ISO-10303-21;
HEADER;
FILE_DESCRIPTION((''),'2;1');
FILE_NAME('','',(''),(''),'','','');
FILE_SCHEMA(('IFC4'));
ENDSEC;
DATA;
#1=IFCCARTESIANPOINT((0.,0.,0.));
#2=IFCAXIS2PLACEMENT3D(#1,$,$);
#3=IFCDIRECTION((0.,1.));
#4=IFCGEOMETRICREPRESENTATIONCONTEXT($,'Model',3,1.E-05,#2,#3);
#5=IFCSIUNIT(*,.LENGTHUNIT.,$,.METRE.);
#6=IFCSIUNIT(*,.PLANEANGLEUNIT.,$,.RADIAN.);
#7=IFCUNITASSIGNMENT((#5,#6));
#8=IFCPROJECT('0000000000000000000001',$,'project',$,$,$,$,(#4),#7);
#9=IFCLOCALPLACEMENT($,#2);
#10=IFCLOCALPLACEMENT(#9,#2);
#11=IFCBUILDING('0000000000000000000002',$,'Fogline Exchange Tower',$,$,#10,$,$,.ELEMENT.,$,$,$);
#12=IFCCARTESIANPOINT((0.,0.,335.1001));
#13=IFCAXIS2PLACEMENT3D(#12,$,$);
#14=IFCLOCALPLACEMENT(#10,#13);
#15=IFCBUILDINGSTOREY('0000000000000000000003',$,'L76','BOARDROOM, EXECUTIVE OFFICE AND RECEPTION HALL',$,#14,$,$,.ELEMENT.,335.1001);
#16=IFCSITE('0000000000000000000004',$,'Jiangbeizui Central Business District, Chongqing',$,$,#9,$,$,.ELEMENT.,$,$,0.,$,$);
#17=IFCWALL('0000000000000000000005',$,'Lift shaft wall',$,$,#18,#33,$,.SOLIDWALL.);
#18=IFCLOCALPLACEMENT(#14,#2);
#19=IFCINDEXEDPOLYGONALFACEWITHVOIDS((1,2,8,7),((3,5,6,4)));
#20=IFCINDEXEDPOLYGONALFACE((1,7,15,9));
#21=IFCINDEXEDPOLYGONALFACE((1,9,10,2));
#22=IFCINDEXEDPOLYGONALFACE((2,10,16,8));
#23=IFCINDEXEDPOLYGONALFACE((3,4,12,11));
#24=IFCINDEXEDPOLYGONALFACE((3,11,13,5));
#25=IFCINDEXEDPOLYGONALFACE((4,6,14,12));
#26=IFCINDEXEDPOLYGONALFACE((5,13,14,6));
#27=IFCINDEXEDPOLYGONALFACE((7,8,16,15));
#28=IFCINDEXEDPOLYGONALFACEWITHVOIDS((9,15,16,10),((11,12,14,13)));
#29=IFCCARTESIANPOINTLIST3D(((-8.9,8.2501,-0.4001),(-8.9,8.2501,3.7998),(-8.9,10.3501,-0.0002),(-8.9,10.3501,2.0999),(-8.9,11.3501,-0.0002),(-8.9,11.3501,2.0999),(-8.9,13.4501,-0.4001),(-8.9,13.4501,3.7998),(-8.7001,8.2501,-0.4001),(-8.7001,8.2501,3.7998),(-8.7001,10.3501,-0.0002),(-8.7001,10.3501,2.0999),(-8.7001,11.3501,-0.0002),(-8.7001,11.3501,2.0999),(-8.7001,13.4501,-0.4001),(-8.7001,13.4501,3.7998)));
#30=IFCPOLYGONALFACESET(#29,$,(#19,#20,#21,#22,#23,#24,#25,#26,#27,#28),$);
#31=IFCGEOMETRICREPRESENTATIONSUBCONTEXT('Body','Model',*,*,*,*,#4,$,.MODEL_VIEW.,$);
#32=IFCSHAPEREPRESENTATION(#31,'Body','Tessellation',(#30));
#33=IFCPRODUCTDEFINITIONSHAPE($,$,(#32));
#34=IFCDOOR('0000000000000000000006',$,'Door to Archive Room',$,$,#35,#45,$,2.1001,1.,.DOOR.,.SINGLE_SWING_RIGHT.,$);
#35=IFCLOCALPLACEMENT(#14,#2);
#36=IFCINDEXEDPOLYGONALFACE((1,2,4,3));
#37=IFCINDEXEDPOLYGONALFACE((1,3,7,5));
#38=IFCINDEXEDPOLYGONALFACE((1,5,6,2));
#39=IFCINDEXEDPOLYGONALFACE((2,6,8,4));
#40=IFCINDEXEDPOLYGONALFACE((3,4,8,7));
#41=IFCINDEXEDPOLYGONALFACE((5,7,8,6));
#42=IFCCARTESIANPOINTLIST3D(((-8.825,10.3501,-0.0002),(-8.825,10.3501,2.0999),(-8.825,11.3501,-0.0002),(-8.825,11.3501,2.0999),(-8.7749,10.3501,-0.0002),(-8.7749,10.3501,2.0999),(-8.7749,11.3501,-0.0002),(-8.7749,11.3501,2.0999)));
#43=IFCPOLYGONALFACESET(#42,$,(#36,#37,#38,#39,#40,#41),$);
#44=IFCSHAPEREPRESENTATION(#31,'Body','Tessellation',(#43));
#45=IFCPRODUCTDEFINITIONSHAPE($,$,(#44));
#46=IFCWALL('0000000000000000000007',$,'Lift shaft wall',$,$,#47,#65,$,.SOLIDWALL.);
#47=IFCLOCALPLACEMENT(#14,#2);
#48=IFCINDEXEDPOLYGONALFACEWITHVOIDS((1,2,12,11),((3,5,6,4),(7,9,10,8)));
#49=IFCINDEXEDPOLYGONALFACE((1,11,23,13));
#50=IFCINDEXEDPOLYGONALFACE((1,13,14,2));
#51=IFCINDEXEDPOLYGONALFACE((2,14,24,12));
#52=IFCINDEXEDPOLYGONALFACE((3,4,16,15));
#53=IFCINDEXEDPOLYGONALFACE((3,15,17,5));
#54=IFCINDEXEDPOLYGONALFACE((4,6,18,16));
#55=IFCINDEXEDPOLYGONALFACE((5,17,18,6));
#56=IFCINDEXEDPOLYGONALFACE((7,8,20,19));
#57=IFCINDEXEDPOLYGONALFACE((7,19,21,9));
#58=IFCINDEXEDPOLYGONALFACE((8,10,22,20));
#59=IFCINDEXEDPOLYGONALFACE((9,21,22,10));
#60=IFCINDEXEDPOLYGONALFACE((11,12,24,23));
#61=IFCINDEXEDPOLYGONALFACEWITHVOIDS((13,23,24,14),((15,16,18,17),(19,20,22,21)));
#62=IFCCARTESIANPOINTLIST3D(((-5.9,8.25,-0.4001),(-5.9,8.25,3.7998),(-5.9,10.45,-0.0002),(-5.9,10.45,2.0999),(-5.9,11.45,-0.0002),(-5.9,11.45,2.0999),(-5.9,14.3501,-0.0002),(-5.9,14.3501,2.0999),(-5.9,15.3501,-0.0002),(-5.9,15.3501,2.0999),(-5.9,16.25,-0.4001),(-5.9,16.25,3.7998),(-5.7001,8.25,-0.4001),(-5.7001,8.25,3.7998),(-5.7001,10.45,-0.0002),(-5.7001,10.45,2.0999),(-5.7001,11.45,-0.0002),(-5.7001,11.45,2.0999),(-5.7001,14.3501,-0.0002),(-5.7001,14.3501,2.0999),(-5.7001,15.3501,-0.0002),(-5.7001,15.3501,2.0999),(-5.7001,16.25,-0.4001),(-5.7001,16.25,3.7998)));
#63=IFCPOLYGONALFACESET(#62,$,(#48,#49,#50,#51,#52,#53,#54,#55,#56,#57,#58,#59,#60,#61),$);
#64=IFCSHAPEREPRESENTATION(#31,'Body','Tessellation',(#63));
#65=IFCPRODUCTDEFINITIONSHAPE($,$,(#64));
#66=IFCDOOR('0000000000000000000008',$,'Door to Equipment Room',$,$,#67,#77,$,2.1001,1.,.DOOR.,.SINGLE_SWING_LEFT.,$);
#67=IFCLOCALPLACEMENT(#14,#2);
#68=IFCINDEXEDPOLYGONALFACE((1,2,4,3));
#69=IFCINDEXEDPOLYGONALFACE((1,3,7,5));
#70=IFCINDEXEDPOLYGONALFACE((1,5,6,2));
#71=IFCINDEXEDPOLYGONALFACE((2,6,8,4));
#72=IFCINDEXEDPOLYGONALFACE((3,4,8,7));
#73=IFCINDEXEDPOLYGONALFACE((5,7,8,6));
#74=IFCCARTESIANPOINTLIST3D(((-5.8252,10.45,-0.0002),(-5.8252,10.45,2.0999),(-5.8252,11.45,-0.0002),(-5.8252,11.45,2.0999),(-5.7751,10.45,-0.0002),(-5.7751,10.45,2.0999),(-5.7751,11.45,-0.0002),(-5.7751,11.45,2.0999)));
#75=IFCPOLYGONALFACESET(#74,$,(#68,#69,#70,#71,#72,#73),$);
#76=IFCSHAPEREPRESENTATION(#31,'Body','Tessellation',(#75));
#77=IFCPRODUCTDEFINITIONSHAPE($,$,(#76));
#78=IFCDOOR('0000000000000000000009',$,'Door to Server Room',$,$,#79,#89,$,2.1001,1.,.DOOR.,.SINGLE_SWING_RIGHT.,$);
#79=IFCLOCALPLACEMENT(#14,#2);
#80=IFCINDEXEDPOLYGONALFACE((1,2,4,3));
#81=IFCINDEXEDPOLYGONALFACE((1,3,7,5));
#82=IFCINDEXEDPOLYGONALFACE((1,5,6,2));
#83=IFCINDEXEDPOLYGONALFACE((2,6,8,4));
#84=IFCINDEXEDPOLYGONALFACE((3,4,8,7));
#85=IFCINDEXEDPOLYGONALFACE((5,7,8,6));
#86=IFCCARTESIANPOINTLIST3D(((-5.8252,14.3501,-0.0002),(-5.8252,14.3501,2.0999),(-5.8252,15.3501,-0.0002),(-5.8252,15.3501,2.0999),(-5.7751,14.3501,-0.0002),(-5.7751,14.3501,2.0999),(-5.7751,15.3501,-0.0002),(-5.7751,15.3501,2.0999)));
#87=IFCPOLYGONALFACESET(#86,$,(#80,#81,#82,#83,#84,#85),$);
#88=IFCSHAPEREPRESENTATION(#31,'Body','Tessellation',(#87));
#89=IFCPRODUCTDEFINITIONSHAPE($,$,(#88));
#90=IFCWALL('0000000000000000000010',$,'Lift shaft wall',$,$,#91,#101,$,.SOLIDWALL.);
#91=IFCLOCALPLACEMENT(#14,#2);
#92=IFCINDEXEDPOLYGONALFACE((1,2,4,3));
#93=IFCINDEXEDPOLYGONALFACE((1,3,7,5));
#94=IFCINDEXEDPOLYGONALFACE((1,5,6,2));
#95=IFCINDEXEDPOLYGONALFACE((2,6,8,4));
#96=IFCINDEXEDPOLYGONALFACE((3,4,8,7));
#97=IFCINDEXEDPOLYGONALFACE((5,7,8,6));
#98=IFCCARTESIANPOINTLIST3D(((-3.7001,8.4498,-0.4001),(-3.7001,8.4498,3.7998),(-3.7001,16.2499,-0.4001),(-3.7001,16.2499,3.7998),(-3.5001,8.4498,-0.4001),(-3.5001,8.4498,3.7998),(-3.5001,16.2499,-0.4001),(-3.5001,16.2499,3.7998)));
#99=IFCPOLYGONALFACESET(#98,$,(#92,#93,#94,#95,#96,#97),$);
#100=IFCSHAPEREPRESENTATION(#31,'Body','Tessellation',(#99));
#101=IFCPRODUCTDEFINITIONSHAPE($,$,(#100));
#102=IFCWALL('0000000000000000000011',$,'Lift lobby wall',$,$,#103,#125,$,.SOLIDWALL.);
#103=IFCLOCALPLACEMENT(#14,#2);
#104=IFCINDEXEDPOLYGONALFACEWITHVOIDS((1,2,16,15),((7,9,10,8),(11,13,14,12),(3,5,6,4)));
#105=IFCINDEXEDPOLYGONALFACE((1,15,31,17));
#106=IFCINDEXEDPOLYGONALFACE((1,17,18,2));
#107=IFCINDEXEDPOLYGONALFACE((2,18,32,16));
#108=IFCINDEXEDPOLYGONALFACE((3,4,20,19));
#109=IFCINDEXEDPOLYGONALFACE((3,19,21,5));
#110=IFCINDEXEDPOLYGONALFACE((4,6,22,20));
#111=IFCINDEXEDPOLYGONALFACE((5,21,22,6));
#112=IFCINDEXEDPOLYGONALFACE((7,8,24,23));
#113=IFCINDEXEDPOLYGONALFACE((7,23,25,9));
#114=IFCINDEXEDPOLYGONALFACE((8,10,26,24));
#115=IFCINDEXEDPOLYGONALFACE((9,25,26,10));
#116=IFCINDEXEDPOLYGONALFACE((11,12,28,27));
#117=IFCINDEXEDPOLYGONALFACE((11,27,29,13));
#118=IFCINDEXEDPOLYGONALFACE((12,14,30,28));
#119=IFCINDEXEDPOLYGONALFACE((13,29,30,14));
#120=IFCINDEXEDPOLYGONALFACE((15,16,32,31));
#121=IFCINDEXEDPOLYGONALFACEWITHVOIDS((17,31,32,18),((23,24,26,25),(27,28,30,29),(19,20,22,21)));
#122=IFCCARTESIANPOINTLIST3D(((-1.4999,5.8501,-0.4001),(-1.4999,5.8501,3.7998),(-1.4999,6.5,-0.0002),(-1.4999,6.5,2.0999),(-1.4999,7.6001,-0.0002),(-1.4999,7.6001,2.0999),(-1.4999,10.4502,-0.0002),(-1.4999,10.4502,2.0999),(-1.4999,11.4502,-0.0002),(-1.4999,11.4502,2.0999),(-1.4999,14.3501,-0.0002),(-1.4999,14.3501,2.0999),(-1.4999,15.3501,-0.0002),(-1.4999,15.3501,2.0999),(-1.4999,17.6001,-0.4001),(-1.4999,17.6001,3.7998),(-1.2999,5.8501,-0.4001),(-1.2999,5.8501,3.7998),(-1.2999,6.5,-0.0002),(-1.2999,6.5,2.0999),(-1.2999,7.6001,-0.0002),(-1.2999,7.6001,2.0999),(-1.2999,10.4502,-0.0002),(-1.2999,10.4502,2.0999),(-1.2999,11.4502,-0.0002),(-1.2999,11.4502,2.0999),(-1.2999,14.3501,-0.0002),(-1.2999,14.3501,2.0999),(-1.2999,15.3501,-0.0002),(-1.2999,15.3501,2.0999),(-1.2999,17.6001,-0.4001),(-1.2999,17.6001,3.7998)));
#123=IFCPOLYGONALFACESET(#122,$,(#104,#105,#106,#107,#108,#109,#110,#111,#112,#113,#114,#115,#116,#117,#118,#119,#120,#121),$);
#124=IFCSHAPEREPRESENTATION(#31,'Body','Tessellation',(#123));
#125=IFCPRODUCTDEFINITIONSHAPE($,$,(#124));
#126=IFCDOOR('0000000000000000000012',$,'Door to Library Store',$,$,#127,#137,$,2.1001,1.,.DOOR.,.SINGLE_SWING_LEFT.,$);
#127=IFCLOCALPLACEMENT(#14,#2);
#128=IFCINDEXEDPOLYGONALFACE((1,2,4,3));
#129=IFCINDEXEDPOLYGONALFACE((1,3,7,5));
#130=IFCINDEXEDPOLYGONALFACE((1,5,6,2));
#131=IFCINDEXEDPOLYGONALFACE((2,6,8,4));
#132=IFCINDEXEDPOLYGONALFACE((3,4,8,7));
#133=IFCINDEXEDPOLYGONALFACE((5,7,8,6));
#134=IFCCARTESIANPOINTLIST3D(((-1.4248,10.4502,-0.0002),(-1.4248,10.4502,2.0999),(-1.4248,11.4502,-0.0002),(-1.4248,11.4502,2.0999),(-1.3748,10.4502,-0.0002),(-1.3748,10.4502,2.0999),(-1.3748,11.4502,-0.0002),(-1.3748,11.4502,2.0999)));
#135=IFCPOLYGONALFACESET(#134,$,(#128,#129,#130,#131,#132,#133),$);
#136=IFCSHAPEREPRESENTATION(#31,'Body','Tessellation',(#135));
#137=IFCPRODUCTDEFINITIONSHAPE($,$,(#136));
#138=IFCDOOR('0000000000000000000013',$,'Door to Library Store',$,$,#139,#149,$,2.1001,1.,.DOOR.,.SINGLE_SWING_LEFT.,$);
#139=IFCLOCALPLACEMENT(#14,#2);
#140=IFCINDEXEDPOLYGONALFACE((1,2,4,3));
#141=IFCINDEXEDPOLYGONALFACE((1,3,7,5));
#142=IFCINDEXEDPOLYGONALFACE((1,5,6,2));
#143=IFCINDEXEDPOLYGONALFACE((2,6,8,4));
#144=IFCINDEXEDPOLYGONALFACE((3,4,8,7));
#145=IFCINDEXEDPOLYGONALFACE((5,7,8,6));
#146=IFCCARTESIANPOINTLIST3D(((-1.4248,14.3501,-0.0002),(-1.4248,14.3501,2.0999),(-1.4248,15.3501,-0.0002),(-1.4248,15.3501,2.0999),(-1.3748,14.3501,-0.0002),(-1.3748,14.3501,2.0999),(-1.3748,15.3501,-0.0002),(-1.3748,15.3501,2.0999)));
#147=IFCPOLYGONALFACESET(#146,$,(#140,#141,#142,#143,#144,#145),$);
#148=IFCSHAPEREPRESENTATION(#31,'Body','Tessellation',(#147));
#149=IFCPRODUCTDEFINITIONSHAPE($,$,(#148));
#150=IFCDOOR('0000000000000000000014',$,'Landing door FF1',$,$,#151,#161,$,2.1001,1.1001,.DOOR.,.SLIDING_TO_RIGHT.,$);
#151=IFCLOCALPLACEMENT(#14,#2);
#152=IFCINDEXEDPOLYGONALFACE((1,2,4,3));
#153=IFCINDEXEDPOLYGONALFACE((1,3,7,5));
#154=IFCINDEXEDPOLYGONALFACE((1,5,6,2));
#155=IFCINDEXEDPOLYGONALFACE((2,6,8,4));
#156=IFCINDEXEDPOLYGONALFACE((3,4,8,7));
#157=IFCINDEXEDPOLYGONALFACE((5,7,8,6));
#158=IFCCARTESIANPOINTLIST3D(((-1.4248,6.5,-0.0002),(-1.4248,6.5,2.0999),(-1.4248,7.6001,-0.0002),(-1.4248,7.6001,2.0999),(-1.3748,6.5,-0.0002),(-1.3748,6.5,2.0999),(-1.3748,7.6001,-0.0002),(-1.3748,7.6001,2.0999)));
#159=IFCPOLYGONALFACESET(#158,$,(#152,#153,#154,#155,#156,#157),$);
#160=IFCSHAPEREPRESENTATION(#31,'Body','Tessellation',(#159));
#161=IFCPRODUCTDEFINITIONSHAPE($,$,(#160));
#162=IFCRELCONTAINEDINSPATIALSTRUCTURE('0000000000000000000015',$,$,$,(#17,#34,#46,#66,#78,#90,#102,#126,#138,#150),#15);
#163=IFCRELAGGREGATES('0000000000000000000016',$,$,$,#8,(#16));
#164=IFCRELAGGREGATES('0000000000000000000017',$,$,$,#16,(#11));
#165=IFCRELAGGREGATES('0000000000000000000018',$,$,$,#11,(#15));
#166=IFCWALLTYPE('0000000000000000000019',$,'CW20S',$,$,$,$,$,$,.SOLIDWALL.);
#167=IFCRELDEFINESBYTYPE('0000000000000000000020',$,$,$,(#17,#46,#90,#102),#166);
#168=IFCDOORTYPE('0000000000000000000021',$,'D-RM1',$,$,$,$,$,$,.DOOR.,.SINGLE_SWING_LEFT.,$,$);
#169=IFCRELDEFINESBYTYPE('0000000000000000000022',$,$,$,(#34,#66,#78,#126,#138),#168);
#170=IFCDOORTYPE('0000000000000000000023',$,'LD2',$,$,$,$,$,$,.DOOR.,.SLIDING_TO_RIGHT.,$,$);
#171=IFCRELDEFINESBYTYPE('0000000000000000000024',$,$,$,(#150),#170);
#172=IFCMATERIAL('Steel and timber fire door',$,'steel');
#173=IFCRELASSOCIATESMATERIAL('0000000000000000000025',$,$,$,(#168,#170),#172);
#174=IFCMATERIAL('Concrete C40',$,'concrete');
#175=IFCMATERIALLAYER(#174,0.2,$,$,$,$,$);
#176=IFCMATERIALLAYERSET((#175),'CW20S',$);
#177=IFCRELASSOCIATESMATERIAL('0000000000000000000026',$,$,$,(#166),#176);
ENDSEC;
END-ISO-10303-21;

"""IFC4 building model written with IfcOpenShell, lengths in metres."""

from ifc_helpers import new_model, si_unit, direction, frame, frame_2d, origin, place, context, subcontext, project, spatial, rectangle, extrude, material, layer, layer_set, type_object, element, fill, save


model = new_model("IFC4")

# Units and contexts
model_context = context("Model", 3, precision=1e-05, world=origin(), true_north=direction((0.0, 1.0)))
body_context = subcontext(model_context, "Body", "Model", "MODEL_VIEW")
ifc_project = project(units=[si_unit("LENGTHUNIT", "METRE"), si_unit("PLANEANGLEUNIT", "RADIAN")], contexts=[model_context])

# Site, building, storey
site_placement = place(None, origin())
site = spatial("IfcSite", under=ifc_project, at=site_placement, Name="Jiangbeizui Central Business District, Chongqing", CompositionType="ELEMENT", RefElevation=0.0)
building_placement = place(site_placement, origin())
building = spatial("IfcBuilding", under=site, at=building_placement, Name="Fogline Exchange Tower", CompositionType="ELEMENT")
storey_placement = place(building_placement, frame((0.0, 0.0, 335.1001)))
storey = spatial("IfcBuildingStorey", under=building, at=storey_placement, Name="L76", Description="BOARDROOM, EXECUTIVE OFFICE AND RECEPTION HALL", CompositionType="ELEMENT", Elevation=335.1001)

# Shared definitions
ifc_material_1 = material(Name="Steel and timber fire door", Category="steel")

# Shared definitions
ifc_material_2 = material(Name="Concrete C40", Category="concrete")

# Wall, opening, door
door_type_1 = type_object("IfcDoorType", Name="D-RM1", OperationType="SINGLE_SWING_LEFT", PredefinedType="DOOR", material=ifc_material_1)
ifc_layer_1 = layer(ifc_material_2, 0.2)
ifc_layer_set_1 = layer_set([ifc_layer_1], Name="CW20S")
wall_type_1 = type_object("IfcWallType", Name="CW20S", PredefinedType="SOLIDWALL", material=ifc_layer_set_1)
wall_1_placement = place(storey_placement, frame((-8.8, 8.25, -0.4001), z_axis=(0.0, 0.0, 1.0), x_axis=(0.0, 1.0, 0.0)))
wall_1 = element("IfcWall", 1, at=wall_1_placement, inside=storey, type_object=wall_type_1, Name="Lift shaft wall", PredefinedType="SOLIDWALL", context=body_context, shape_type="SweptSolid", body=[
    extrude(rectangle(XDim=5.2, YDim=0.2, at=frame_2d((2.6001, 0.0))), origin(), (0.0, 0.0, 1.0), 4.2),
])
opening_1_placement = place(wall_1_placement, frame((2.1001, 0.0, 0.3999)))
opening_1 = element("IfcOpeningElement", 2, at=opening_1_placement, cuts=wall_1, PredefinedType="OPENING", context=body_context, shape_type="SweptSolid", body=[
    extrude(rectangle(XDim=1.0, YDim=2.1001, at=frame_2d((0.5, 1.05))), frame((0.0, 0.1099, 0.0), z_axis=(0.0, -1.0, 0.0), x_axis=(1.0, 0.0, 0.0)), (0.0, 0.0, 1.0), 0.22),
])
door_1_placement = place(opening_1_placement, origin())
door_1 = element("IfcDoor", 3, at=door_1_placement, inside=storey, type_object=door_type_1, Name="Door to Archive Room", OperationType="SINGLE_SWING_RIGHT", OverallHeight=2.1001, OverallWidth=1.0, PredefinedType="DOOR", context=body_context, shape_type="SweptSolid", body=[
    extrude(rectangle(XDim=1.0, YDim=2.1001, at=frame_2d((0.5, 1.05))), frame((0.0, 0.0249, 0.0), z_axis=(0.0, -1.0, 0.0), x_axis=(1.0, 0.0, 0.0)), (0.0, 0.0, 1.0), 0.05),
])
fill(opening_1, door_1)

# Wall, openings, doors
wall_2_placement = place(storey_placement, frame((-5.8, 8.25, -0.4001), z_axis=(0.0, 0.0, 1.0), x_axis=(0.0, 1.0, 0.0)))
wall_2 = element("IfcWall", 4, at=wall_2_placement, inside=storey, type_object=wall_type_1, Name="Lift shaft wall", PredefinedType="SOLIDWALL", context=body_context, shape_type="SweptSolid", body=[
    extrude(rectangle(XDim=8.0, YDim=0.2, at=frame_2d((4.0, 0.0))), origin(), (0.0, 0.0, 1.0), 4.2),
])
opening_2_placement = place(wall_2_placement, frame((2.2, 0.0, 0.3999)))
opening_2 = element("IfcOpeningElement", 5, at=opening_2_placement, cuts=wall_2, PredefinedType="OPENING", context=body_context, shape_type="SweptSolid", body=[
    extrude(rectangle(XDim=1.0, YDim=2.1001, at=frame_2d((0.5, 1.05))), frame((0.0, 0.1099, 0.0), z_axis=(0.0, -1.0, 0.0), x_axis=(1.0, 0.0, 0.0)), (0.0, 0.0, 1.0), 0.22),
])
opening_3_placement = place(wall_2_placement, frame((6.1001, 0.0, 0.3999)))
opening_3 = element("IfcOpeningElement", 6, at=opening_3_placement, cuts=wall_2, PredefinedType="OPENING", context=body_context, shape_type="SweptSolid", body=[
    extrude(rectangle(XDim=1.0, YDim=2.1001, at=frame_2d((0.5, 1.05))), frame((0.0, 0.1099, 0.0), z_axis=(0.0, -1.0, 0.0), x_axis=(1.0, 0.0, 0.0)), (0.0, 0.0, 1.0), 0.22),
])
door_2_placement = place(opening_2_placement, frame((1.0, 0.0, 0.0), z_axis=(0.0, 0.0, 1.0), x_axis=(-1.0, 0.0, 0.0)))
door_2 = element("IfcDoor", 7, at=door_2_placement, inside=storey, type_object=door_type_1, Name="Door to Equipment Room", OperationType="SINGLE_SWING_LEFT", OverallHeight=2.1001, OverallWidth=1.0, PredefinedType="DOOR", context=body_context, shape_type="SweptSolid", body=[
    extrude(rectangle(XDim=1.0, YDim=2.1001, at=frame_2d((0.5, 1.05))), frame((0.0, 0.0249, 0.0), z_axis=(0.0, -1.0, 0.0), x_axis=(1.0, 0.0, 0.0)), (0.0, 0.0, 1.0), 0.05),
])
fill(opening_2, door_2)
door_3_placement = place(opening_3_placement, frame((1.0, 0.0, 0.0), z_axis=(0.0, 0.0, 1.0), x_axis=(-1.0, 0.0, 0.0)))
door_3 = element("IfcDoor", 8, at=door_3_placement, inside=storey, type_object=door_type_1, Name="Door to Server Room", OperationType="SINGLE_SWING_RIGHT", OverallHeight=2.1001, OverallWidth=1.0, PredefinedType="DOOR", context=body_context, shape_type="SweptSolid", body=[
    extrude(rectangle(XDim=1.0, YDim=2.1001, at=frame_2d((0.5, 1.05))), frame((0.0, 0.0249, 0.0), z_axis=(0.0, -1.0, 0.0), x_axis=(1.0, 0.0, 0.0)), (0.0, 0.0, 1.0), 0.05),
])
fill(opening_3, door_3)

# Wall
wall_3_placement = place(storey_placement, frame((-3.6001, 8.45, -0.4001), z_axis=(0.0, 0.0, 1.0), x_axis=(0.0, 1.0, 0.0)))
element("IfcWall", 9, at=wall_3_placement, inside=storey, type_object=wall_type_1, Name="Lift shaft wall", PredefinedType="SOLIDWALL", context=body_context, shape_type="SweptSolid", body=[
    extrude(rectangle(XDim=7.8, YDim=0.2, at=frame_2d((3.8999, 0.0))), origin(), (0.0, 0.0, 1.0), 4.2),
])

# Wall, openings, doors
wall_4_placement = place(storey_placement, frame((-1.3999, 5.8501, -0.4001), z_axis=(0.0, 0.0, 1.0), x_axis=(0.0, 1.0, 0.0)))
wall_4 = element("IfcWall", 10, at=wall_4_placement, inside=storey, type_object=wall_type_1, Name="Lift lobby wall", PredefinedType="SOLIDWALL", context=body_context, shape_type="SweptSolid", body=[
    extrude(rectangle(XDim=11.75, YDim=0.2, at=frame_2d((5.875, 0.0))), origin(), (0.0, 0.0, 1.0), 4.2),
])
opening_4_placement = place(wall_4_placement, frame((0.6499, 0.0, 0.3999)))
opening_4 = element("IfcOpeningElement", 11, at=opening_4_placement, cuts=wall_4, PredefinedType="OPENING", context=body_context, shape_type="SweptSolid", body=[
    extrude(rectangle(XDim=1.1001, YDim=2.1001, at=frame_2d((0.55, 1.05))), frame((0.0, 0.1099, 0.0), z_axis=(0.0, -1.0, 0.0), x_axis=(1.0, 0.0, 0.0)), (0.0, 0.0, 1.0), 0.22),
])
opening_5_placement = place(wall_4_placement, frame((4.6001, 0.0, 0.3999)))
opening_5 = element("IfcOpeningElement", 12, at=opening_5_placement, cuts=wall_4, PredefinedType="OPENING", context=body_context, shape_type="SweptSolid", body=[
    extrude(rectangle(XDim=1.0, YDim=2.1001, at=frame_2d((0.5, 1.05))), frame((0.0, 0.1099, 0.0), z_axis=(0.0, -1.0, 0.0), x_axis=(1.0, 0.0, 0.0)), (0.0, 0.0, 1.0), 0.22),
])
opening_6_placement = place(wall_4_placement, frame((8.5, 0.0, 0.3999)))
opening_6 = element("IfcOpeningElement", 13, at=opening_6_placement, cuts=wall_4, PredefinedType="OPENING", context=body_context, shape_type="SweptSolid", body=[
    extrude(rectangle(XDim=1.0, YDim=2.1001, at=frame_2d((0.5, 1.05))), frame((0.0, 0.1099, 0.0), z_axis=(0.0, -1.0, 0.0), x_axis=(1.0, 0.0, 0.0)), (0.0, 0.0, 1.0), 0.22),
])
door_4_placement = place(opening_5_placement, origin())
door_4 = element("IfcDoor", 14, at=door_4_placement, inside=storey, type_object=door_type_1, Name="Door to Library Store", OperationType="SINGLE_SWING_LEFT", OverallHeight=2.1001, OverallWidth=1.0, PredefinedType="DOOR", context=body_context, shape_type="SweptSolid", body=[
    extrude(rectangle(XDim=1.0, YDim=2.1001, at=frame_2d((0.5, 1.05))), frame((0.0, 0.0249, 0.0), z_axis=(0.0, -1.0, 0.0), x_axis=(1.0, 0.0, 0.0)), (0.0, 0.0, 1.0), 0.05),
])
fill(opening_5, door_4)
door_5_placement = place(opening_6_placement, origin())
door_5 = element("IfcDoor", 15, at=door_5_placement, inside=storey, type_object=door_type_1, Name="Door to Library Store", OperationType="SINGLE_SWING_LEFT", OverallHeight=2.1001, OverallWidth=1.0, PredefinedType="DOOR", context=body_context, shape_type="SweptSolid", body=[
    extrude(rectangle(XDim=1.0, YDim=2.1001, at=frame_2d((0.5, 1.05))), frame((0.0, 0.0249, 0.0), z_axis=(0.0, -1.0, 0.0), x_axis=(1.0, 0.0, 0.0)), (0.0, 0.0, 1.0), 0.05),
])
fill(opening_6, door_5)
door_type_2 = type_object("IfcDoorType", Name="LD2", OperationType="SLIDING_TO_RIGHT", PredefinedType="DOOR", material=ifc_material_1)
door_6_placement = place(opening_4_placement, origin())
door_6 = element("IfcDoor", 16, at=door_6_placement, inside=storey, type_object=door_type_2, Name="Landing door FF1", OperationType="SLIDING_TO_RIGHT", OverallHeight=2.1001, OverallWidth=1.1001, PredefinedType="DOOR", context=body_context, shape_type="SweptSolid", body=[
    extrude(rectangle(XDim=1.1001, YDim=2.1001, at=frame_2d((0.55, 1.05))), frame((0.0, 0.0249, 0.0), z_axis=(0.0, -1.0, 0.0), x_axis=(1.0, 0.0, 0.0)), (0.0, 0.0, 1.0), 0.05),
])
fill(opening_4, door_6)

save(model, "model.ifc")
